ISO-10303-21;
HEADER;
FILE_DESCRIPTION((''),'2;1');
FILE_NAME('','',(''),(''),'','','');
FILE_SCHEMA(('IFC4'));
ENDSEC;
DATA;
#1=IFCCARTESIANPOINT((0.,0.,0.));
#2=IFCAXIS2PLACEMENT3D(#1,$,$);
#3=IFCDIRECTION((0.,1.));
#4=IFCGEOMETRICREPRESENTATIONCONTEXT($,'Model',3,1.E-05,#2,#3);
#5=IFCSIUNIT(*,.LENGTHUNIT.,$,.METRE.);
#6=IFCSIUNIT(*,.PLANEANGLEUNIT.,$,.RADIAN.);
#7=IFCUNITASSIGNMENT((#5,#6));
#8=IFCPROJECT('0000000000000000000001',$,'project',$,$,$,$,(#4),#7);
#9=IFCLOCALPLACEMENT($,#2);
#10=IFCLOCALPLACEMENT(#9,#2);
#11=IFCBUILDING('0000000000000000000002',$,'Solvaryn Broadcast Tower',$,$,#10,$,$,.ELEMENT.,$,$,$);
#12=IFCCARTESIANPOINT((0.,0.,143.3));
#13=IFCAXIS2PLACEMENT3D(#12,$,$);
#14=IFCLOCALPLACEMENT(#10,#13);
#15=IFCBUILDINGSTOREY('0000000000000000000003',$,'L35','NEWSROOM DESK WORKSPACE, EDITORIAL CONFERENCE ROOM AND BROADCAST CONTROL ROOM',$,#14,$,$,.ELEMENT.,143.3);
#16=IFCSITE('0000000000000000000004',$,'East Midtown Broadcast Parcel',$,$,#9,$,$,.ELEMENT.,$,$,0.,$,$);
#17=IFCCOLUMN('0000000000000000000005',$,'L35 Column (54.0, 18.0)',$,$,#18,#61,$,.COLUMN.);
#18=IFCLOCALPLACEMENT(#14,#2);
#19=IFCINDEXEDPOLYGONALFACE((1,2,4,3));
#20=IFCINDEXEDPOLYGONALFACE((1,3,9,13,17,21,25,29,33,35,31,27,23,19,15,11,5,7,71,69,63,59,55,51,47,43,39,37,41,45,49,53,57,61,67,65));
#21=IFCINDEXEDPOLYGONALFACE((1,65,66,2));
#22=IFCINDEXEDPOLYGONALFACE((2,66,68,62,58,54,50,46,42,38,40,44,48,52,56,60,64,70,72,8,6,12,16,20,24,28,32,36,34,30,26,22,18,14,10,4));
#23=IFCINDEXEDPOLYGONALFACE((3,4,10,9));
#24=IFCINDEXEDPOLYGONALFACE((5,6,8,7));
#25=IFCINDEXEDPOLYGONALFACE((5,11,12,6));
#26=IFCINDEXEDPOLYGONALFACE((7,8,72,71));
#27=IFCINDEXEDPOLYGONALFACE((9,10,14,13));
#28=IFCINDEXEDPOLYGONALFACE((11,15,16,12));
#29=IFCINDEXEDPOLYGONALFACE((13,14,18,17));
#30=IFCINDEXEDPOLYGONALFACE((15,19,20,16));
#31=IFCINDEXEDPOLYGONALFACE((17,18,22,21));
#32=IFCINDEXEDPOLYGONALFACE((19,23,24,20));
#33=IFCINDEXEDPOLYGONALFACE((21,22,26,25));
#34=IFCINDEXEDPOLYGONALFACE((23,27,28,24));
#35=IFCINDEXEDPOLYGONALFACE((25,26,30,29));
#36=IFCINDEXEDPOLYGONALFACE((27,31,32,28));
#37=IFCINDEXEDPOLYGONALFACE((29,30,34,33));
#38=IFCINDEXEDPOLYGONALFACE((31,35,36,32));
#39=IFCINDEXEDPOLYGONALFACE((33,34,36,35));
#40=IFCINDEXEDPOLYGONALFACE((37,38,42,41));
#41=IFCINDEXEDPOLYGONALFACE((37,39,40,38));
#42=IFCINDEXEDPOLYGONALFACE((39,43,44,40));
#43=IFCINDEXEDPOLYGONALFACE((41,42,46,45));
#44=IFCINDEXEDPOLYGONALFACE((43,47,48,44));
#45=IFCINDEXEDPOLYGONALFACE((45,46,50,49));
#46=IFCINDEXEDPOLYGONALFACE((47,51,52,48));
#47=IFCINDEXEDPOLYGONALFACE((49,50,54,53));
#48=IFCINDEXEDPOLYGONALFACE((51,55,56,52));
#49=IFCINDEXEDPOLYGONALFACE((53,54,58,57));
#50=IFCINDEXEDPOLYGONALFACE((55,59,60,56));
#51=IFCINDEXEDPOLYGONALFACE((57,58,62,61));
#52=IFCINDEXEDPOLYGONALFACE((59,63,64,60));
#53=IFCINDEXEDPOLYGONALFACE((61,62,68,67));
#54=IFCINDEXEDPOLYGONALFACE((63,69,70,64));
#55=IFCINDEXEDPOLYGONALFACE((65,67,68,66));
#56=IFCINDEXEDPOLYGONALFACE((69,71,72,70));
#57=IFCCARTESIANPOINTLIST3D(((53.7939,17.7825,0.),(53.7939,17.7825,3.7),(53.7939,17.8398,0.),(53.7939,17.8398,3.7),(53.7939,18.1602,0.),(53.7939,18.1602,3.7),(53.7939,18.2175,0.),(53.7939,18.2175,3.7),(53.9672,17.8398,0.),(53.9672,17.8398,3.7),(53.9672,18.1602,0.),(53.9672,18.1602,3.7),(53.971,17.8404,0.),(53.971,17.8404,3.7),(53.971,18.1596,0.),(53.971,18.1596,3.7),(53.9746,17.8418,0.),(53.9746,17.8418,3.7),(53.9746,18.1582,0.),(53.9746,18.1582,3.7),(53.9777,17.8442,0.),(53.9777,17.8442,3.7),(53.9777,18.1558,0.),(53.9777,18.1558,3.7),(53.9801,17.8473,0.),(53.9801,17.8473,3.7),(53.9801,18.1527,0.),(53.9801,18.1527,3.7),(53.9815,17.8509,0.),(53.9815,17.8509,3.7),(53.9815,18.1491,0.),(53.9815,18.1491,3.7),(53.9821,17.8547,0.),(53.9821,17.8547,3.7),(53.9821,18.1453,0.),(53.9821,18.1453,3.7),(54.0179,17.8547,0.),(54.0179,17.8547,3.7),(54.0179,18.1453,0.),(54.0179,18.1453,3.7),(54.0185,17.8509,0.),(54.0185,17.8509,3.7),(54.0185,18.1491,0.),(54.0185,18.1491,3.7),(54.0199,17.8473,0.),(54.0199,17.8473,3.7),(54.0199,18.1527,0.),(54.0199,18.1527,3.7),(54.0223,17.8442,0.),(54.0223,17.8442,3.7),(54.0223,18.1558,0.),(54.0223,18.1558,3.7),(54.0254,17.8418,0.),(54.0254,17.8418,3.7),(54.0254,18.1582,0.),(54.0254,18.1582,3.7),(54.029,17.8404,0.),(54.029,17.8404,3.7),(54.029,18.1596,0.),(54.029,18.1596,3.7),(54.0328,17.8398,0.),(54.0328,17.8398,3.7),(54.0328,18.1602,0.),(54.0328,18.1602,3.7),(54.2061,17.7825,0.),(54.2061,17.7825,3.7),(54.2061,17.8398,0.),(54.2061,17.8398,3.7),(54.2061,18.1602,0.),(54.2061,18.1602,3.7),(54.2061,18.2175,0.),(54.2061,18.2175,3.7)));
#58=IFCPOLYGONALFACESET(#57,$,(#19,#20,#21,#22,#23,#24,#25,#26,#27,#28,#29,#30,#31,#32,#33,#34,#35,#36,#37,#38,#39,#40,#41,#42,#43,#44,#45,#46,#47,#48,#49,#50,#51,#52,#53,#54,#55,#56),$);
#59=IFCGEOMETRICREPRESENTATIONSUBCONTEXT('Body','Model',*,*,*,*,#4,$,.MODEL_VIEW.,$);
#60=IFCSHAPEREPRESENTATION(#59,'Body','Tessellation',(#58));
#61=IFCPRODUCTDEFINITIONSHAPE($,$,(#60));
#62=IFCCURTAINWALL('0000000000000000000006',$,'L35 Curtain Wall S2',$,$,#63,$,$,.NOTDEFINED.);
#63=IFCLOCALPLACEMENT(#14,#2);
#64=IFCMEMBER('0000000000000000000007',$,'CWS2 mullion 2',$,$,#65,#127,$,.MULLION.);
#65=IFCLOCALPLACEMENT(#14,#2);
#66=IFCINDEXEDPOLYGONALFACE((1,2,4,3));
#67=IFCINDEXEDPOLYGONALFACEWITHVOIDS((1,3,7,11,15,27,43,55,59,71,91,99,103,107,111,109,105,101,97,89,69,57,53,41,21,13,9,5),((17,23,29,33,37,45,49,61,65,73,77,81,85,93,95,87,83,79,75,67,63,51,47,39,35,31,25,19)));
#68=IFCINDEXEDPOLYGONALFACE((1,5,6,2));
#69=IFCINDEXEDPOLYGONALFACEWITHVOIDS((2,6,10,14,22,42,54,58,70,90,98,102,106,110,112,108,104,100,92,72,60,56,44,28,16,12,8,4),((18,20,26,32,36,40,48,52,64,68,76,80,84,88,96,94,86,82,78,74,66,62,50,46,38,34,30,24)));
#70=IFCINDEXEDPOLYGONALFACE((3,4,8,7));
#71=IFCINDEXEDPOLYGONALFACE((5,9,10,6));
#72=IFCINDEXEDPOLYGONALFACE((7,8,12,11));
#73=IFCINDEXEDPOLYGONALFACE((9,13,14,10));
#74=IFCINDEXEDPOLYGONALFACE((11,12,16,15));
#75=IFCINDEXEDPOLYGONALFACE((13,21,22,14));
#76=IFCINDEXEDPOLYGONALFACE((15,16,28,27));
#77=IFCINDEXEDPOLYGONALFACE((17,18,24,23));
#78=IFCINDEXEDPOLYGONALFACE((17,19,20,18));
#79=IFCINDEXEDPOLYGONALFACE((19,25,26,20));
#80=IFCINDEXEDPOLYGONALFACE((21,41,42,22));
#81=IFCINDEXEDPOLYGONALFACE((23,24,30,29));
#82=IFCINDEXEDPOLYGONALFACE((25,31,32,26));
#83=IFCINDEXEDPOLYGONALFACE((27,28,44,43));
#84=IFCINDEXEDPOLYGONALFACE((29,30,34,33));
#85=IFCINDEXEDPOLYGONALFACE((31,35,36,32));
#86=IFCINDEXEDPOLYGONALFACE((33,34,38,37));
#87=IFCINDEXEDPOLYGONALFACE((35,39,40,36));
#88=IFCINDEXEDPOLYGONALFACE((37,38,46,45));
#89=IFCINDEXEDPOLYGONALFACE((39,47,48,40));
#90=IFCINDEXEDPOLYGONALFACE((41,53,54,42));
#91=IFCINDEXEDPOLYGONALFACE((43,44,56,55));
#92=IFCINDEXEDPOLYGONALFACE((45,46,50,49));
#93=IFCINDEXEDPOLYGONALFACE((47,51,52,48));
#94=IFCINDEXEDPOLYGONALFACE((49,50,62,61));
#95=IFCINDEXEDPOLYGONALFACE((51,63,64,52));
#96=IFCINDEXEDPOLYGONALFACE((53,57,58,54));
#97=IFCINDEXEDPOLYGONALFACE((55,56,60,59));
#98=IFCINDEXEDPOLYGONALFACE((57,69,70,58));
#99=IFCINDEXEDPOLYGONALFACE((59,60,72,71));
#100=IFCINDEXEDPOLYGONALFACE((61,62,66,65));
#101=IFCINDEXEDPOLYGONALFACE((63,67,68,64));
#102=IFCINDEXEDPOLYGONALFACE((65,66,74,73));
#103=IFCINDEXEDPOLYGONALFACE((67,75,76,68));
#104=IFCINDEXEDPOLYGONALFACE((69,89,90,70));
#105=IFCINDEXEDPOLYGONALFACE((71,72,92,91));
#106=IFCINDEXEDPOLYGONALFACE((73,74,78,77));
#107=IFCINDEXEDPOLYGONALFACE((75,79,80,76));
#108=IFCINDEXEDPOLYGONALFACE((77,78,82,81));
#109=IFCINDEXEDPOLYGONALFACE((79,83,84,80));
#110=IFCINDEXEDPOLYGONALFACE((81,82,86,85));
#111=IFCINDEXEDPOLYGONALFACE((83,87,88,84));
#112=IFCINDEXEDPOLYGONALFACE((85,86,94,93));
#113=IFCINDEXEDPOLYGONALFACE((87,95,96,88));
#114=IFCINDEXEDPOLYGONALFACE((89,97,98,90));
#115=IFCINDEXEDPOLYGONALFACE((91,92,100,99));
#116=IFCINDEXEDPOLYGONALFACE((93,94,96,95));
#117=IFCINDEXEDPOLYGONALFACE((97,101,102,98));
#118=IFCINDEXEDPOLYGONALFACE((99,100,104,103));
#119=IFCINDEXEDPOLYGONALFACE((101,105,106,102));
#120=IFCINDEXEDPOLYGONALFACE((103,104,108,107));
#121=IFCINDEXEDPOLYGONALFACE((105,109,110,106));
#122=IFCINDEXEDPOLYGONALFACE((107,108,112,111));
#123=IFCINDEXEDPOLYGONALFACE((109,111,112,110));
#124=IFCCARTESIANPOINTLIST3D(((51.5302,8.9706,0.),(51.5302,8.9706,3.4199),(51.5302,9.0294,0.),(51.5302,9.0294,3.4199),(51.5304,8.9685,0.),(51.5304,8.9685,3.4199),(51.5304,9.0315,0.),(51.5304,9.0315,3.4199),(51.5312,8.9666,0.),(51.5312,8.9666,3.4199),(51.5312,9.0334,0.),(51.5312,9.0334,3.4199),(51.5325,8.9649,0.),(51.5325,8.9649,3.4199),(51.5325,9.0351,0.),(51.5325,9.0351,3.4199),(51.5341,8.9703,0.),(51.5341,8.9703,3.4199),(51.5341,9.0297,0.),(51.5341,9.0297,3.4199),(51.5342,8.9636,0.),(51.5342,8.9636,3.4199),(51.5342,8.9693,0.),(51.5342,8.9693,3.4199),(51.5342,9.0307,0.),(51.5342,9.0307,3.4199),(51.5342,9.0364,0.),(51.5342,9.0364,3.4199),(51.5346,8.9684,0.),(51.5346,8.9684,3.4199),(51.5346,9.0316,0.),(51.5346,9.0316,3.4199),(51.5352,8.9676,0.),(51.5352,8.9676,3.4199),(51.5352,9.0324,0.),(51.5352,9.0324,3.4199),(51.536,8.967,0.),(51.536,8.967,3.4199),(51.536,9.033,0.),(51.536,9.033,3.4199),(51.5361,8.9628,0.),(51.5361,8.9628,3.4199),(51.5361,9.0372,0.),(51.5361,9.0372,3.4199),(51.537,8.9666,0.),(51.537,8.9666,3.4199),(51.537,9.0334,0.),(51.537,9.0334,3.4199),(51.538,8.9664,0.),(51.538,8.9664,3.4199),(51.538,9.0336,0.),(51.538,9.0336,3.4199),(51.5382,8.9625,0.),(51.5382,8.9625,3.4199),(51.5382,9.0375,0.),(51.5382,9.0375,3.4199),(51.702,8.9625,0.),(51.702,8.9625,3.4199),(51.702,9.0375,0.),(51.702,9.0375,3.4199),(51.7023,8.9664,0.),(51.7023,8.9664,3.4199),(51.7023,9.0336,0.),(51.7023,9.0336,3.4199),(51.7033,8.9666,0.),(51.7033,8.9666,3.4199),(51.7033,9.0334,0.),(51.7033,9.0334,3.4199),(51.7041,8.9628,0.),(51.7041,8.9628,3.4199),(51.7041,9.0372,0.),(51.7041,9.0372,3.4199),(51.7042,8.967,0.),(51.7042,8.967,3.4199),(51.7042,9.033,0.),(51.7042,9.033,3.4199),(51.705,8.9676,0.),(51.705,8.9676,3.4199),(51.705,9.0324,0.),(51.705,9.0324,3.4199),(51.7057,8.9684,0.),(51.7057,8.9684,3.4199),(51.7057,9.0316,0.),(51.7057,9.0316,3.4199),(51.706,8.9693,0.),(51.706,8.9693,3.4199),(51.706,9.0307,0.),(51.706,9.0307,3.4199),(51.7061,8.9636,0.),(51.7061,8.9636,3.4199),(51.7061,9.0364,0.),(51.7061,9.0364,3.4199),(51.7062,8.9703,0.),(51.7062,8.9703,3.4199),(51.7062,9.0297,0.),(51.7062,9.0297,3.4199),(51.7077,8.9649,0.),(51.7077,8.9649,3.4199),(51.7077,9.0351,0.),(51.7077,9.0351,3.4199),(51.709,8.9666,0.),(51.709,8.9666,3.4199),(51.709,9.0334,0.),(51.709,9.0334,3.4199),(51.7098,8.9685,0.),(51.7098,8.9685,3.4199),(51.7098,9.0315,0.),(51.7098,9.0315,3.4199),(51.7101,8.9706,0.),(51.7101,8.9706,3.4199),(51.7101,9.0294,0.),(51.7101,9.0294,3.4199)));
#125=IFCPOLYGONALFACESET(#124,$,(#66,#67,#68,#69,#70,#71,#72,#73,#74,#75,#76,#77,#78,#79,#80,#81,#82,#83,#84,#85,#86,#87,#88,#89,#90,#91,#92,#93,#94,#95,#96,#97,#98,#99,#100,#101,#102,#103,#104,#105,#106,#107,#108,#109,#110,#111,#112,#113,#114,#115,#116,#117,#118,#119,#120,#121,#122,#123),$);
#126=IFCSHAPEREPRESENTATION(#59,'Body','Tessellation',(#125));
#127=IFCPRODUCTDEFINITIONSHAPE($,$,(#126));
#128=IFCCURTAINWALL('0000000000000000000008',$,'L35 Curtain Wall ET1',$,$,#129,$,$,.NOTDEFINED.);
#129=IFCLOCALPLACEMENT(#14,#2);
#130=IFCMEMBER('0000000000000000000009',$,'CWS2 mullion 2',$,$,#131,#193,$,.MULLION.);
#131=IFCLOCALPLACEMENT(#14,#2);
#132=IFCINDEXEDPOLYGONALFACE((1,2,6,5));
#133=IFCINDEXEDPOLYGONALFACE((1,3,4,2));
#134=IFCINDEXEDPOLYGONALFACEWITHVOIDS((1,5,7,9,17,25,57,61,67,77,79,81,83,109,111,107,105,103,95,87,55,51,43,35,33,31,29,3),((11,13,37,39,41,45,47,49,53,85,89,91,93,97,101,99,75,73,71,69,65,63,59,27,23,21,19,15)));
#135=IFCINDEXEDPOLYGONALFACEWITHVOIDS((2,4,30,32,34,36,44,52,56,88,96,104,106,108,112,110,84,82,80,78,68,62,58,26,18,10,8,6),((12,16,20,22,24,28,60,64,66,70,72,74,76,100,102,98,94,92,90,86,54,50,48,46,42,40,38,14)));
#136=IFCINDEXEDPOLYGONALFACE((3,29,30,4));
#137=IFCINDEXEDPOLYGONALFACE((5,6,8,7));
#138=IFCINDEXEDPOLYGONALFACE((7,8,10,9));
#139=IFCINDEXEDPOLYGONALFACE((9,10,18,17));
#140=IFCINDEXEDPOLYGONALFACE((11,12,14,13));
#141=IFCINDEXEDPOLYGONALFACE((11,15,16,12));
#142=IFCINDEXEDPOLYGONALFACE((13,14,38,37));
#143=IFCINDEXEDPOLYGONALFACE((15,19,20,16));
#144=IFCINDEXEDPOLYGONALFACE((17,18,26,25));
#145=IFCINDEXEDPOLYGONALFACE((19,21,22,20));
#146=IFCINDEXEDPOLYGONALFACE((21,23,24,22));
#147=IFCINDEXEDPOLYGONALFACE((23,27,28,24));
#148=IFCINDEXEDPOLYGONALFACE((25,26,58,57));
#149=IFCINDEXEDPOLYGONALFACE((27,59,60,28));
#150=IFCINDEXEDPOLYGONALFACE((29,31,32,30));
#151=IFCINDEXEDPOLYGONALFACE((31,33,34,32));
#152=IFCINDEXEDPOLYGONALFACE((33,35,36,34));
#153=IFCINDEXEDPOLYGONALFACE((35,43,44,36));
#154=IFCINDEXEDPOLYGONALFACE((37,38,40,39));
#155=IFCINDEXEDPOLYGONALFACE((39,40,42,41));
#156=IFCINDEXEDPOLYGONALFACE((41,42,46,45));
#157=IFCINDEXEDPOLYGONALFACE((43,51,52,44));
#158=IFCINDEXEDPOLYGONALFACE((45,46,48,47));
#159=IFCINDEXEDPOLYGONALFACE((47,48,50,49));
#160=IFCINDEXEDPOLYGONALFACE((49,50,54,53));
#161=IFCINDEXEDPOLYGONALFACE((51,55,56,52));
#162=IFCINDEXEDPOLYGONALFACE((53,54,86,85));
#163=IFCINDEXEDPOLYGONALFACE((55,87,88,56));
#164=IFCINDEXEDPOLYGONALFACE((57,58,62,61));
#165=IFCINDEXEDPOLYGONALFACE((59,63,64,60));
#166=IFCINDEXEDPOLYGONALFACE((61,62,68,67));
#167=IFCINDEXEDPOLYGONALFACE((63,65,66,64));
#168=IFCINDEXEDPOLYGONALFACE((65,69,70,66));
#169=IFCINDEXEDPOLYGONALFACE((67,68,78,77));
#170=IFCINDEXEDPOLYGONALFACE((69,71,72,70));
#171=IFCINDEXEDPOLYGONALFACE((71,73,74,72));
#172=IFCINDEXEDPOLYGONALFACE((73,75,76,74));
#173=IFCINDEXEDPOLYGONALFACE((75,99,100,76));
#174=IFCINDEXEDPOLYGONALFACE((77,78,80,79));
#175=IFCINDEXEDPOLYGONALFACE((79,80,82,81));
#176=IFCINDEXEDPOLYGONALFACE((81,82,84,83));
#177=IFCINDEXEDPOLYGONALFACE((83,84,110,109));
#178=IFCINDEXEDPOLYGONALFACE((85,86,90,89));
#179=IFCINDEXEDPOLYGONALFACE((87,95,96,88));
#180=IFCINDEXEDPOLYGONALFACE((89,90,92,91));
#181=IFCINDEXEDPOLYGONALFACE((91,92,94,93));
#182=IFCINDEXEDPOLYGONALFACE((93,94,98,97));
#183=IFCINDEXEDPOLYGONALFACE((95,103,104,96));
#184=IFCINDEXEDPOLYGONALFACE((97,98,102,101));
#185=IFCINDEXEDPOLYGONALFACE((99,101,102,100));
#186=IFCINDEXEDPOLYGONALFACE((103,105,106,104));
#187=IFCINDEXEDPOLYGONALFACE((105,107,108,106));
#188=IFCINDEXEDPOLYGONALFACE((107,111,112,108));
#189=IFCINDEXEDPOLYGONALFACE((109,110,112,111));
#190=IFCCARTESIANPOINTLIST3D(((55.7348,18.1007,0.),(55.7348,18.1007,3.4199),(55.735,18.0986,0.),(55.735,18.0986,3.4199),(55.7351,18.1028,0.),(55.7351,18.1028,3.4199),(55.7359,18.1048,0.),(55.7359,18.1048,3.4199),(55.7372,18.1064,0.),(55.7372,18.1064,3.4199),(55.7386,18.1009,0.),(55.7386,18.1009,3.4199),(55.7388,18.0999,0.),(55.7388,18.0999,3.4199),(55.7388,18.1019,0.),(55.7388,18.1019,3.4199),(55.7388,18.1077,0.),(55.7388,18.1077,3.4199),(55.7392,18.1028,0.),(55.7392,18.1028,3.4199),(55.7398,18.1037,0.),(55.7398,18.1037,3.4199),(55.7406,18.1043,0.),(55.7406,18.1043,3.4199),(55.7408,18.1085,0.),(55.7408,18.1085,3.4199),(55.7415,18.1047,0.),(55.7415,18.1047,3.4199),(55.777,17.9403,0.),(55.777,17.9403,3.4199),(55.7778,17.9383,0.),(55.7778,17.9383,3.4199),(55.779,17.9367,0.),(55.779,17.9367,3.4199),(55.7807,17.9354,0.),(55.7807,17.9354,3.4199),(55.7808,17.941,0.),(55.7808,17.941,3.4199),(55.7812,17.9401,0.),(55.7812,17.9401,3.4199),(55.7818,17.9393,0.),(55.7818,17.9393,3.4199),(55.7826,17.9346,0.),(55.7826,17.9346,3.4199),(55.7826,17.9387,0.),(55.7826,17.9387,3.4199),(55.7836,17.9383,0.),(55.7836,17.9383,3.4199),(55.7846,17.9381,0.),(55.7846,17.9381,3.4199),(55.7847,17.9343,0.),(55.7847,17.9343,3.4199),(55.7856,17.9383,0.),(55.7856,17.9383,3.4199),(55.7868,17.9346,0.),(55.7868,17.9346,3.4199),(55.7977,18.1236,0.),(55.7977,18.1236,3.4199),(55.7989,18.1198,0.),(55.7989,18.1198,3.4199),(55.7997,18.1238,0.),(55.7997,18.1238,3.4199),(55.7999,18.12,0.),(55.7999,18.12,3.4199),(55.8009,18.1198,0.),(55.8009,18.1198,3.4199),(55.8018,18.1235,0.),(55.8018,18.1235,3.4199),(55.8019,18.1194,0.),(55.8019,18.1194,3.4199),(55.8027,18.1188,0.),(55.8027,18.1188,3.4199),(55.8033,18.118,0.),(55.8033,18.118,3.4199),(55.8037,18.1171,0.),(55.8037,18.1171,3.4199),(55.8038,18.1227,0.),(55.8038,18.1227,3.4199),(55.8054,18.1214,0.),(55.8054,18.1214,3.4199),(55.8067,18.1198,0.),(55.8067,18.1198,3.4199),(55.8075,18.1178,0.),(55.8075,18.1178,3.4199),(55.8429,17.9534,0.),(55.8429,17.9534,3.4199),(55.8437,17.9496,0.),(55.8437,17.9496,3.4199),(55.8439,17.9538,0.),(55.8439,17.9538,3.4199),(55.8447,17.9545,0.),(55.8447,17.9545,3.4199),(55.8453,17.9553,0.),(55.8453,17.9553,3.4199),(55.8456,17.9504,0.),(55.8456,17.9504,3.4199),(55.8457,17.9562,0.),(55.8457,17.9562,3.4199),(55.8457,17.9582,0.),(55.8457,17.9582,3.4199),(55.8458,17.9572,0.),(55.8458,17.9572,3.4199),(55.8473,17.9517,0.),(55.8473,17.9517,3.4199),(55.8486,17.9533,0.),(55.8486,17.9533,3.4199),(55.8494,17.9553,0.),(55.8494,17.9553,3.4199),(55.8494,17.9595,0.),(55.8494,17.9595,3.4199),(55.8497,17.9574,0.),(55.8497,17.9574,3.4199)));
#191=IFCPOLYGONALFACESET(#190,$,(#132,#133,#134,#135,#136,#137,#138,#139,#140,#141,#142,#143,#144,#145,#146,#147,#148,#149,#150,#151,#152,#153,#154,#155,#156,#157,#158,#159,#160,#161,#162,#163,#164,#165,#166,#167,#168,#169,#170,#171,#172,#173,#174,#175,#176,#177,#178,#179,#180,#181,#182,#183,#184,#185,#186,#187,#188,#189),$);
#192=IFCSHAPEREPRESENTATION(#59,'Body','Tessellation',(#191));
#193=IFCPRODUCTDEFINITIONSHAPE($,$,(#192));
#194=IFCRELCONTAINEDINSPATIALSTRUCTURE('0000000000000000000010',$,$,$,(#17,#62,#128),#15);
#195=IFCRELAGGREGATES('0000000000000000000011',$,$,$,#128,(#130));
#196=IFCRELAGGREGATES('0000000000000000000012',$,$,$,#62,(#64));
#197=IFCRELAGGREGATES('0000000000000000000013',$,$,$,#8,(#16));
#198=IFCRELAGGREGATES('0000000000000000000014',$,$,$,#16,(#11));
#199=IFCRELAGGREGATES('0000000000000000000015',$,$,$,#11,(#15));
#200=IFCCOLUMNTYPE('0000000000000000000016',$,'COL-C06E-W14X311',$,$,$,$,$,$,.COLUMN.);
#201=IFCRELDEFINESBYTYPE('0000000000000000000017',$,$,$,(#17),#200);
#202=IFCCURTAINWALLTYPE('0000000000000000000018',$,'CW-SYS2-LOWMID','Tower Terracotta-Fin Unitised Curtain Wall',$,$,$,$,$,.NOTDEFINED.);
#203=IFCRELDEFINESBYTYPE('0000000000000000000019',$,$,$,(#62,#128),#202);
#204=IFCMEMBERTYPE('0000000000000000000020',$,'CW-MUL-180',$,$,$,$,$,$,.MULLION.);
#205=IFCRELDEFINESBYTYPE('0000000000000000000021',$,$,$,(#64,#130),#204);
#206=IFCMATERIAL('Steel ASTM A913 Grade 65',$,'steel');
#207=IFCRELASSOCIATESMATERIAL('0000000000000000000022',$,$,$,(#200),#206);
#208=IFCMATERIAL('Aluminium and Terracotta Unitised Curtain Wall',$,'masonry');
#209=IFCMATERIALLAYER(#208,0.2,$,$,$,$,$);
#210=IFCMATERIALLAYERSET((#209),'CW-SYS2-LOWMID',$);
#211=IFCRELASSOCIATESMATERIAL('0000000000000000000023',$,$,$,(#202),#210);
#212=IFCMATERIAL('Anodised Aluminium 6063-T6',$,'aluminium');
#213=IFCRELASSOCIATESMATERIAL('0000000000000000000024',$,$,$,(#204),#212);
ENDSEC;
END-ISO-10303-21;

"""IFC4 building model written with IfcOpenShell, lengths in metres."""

from ifc_helpers import new_model, si_unit, direction, frame, origin, origin_2d, place, context, subcontext, project, spatial, hollow_rectangle, i_section, extrude, material, layer, layer_set, material_profile, profile_set, type_object, element, aggregate, save


model = new_model("IFC4")

# Units and contexts
model_context = context("Model", 3, precision=1e-05, world=origin(), true_north=direction((0.0, 1.0)))
body_context = subcontext(model_context, "Body", "Model", "MODEL_VIEW")
ifc_project = project(units=[si_unit("LENGTHUNIT", "METRE"), si_unit("PLANEANGLEUNIT", "RADIAN")], contexts=[model_context])

# Site, building, storey
site_placement = place(None, origin())
site = spatial("IfcSite", under=ifc_project, at=site_placement, Name="East Midtown Broadcast Parcel", CompositionType="ELEMENT", RefElevation=0.0)
building_placement = place(site_placement, origin())
building = spatial("IfcBuilding", under=site, at=building_placement, Name="Solvaryn Broadcast Tower", CompositionType="ELEMENT")
storey_placement = place(building_placement, frame((0.0, 0.0, 143.3)))
storey = spatial("IfcBuildingStorey", under=building, at=storey_placement, Name="L35", Description="NEWSROOM DESK WORKSPACE, EDITORIAL CONFERENCE ROOM AND BROADCAST CONTROL ROOM", CompositionType="ELEMENT", Elevation=143.3)

# Column
ifc_material_1 = material(Name="Steel ASTM A913 Grade 65", Category="steel")
ifc_material_profile_1 = material_profile(ifc_material_1, i_section(OverallWidth=0.4121, OverallDepth=0.4351, WebThickness=0.0359, FlangeThickness=0.0574, FilletRadius=0.0149, at=origin_2d()))
ifc_profile_set_1 = profile_set([ifc_material_profile_1], Name="Steel ASTM A913 Grade 65")
column_type = type_object("IfcColumnType", Name="COL-C06E-W14X311", PredefinedType="COLUMN", material=ifc_profile_set_1)
column_placement = place(storey_placement, frame((54.0, 18.0, 0.0), z_axis=(0.0, 0.0, 1.0), x_axis=(1.0, 0.0, 0.0)))
element("IfcColumn", 1, at=column_placement, inside=storey, type_object=column_type, Name="L35 Column (54.0, 18.0)", PredefinedType="COLUMN", context=body_context, shape_type="SweptSolid", body=[
    extrude(i_section(OverallWidth=0.4121, OverallDepth=0.4351, WebThickness=0.0359, FlangeThickness=0.0574, FilletRadius=0.0149, at=origin_2d()), origin(), (0.0, 0.0, 1.0), 3.7),
])

# Curtain walls, members
ifc_material_2 = material(Name="Aluminium and Terracotta Unitised Curtain Wall", Category="masonry")
ifc_layer_1 = layer(ifc_material_2, 0.2)
ifc_layer_set_1 = layer_set([ifc_layer_1], Name="CW-SYS2-LOWMID")
curtain_wall_type = type_object("IfcCurtainWallType", Name="CW-SYS2-LOWMID", Description="Tower Terracotta-Fin Unitised Curtain Wall", PredefinedType="NOTDEFINED", material=ifc_layer_set_1)
curtain_wall_1_placement = place(storey_placement, origin())
curtain_wall_1 = element("IfcCurtainWall", 2, at=curtain_wall_1_placement, inside=storey, type_object=curtain_wall_type, Name="L35 Curtain Wall S2", PredefinedType="NOTDEFINED")
ifc_material_3 = material(Name="Anodised Aluminium 6063-T6", Category="aluminium")
ifc_material_profile_2 = material_profile(ifc_material_3, hollow_rectangle(XDim=0.075, YDim=0.1799, WallThickness=0.0039, InnerFilletRadius=0.0039, OuterFilletRadius=0.0081, at=origin_2d()))
ifc_profile_set_2 = profile_set([ifc_material_profile_2], Name="Anodised Aluminium 6063-T6")
member_type_1 = type_object("IfcMemberType", Name="CW-MUL-180", PredefinedType="MULLION", material=ifc_profile_set_2)
member_1_placement = place(storey_placement, frame((51.6201, 9.0, 0.0), z_axis=(0.0, 0.0, 1.0), x_axis=(0.0, 1.0, 0.0)))
member_1 = element("IfcMember", 3, at=member_1_placement, type_object=member_type_1, Name="CWS2 mullion 2", PredefinedType="MULLION", context=body_context, shape_type="SweptSolid", body=[
    extrude(hollow_rectangle(XDim=0.075, YDim=0.1799, WallThickness=0.0039, InnerFilletRadius=0.0039, OuterFilletRadius=0.0081, at=origin_2d()), origin(), (0.0, 0.0, 1.0), 3.4199),
])
curtain_wall_2_placement = place(storey_placement, origin())
curtain_wall_2 = element("IfcCurtainWall", 4, at=curtain_wall_2_placement, inside=storey, type_object=curtain_wall_type, Name="L35 Curtain Wall ET1", PredefinedType="NOTDEFINED")
member_2_placement = place(storey_placement, frame((55.7922, 18.0291, 0.0), z_axis=(0.0, 0.0, 1.0), x_axis=(0.966705, 0.255893, 0.0)))
member_2 = element("IfcMember", 5, at=member_2_placement, type_object=member_type_1, Name="CWS2 mullion 2", PredefinedType="MULLION", context=body_context, shape_type="SweptSolid", body=[
    extrude(hollow_rectangle(XDim=0.075, YDim=0.1799, WallThickness=0.0039, InnerFilletRadius=0.0039, OuterFilletRadius=0.0081, at=origin_2d()), origin(), (0.0, 0.0, 1.0), 3.4199),
])
aggregate(curtain_wall_2, [member_2])

aggregate(curtain_wall_1, [member_1])

save(model, "model.ifc")
